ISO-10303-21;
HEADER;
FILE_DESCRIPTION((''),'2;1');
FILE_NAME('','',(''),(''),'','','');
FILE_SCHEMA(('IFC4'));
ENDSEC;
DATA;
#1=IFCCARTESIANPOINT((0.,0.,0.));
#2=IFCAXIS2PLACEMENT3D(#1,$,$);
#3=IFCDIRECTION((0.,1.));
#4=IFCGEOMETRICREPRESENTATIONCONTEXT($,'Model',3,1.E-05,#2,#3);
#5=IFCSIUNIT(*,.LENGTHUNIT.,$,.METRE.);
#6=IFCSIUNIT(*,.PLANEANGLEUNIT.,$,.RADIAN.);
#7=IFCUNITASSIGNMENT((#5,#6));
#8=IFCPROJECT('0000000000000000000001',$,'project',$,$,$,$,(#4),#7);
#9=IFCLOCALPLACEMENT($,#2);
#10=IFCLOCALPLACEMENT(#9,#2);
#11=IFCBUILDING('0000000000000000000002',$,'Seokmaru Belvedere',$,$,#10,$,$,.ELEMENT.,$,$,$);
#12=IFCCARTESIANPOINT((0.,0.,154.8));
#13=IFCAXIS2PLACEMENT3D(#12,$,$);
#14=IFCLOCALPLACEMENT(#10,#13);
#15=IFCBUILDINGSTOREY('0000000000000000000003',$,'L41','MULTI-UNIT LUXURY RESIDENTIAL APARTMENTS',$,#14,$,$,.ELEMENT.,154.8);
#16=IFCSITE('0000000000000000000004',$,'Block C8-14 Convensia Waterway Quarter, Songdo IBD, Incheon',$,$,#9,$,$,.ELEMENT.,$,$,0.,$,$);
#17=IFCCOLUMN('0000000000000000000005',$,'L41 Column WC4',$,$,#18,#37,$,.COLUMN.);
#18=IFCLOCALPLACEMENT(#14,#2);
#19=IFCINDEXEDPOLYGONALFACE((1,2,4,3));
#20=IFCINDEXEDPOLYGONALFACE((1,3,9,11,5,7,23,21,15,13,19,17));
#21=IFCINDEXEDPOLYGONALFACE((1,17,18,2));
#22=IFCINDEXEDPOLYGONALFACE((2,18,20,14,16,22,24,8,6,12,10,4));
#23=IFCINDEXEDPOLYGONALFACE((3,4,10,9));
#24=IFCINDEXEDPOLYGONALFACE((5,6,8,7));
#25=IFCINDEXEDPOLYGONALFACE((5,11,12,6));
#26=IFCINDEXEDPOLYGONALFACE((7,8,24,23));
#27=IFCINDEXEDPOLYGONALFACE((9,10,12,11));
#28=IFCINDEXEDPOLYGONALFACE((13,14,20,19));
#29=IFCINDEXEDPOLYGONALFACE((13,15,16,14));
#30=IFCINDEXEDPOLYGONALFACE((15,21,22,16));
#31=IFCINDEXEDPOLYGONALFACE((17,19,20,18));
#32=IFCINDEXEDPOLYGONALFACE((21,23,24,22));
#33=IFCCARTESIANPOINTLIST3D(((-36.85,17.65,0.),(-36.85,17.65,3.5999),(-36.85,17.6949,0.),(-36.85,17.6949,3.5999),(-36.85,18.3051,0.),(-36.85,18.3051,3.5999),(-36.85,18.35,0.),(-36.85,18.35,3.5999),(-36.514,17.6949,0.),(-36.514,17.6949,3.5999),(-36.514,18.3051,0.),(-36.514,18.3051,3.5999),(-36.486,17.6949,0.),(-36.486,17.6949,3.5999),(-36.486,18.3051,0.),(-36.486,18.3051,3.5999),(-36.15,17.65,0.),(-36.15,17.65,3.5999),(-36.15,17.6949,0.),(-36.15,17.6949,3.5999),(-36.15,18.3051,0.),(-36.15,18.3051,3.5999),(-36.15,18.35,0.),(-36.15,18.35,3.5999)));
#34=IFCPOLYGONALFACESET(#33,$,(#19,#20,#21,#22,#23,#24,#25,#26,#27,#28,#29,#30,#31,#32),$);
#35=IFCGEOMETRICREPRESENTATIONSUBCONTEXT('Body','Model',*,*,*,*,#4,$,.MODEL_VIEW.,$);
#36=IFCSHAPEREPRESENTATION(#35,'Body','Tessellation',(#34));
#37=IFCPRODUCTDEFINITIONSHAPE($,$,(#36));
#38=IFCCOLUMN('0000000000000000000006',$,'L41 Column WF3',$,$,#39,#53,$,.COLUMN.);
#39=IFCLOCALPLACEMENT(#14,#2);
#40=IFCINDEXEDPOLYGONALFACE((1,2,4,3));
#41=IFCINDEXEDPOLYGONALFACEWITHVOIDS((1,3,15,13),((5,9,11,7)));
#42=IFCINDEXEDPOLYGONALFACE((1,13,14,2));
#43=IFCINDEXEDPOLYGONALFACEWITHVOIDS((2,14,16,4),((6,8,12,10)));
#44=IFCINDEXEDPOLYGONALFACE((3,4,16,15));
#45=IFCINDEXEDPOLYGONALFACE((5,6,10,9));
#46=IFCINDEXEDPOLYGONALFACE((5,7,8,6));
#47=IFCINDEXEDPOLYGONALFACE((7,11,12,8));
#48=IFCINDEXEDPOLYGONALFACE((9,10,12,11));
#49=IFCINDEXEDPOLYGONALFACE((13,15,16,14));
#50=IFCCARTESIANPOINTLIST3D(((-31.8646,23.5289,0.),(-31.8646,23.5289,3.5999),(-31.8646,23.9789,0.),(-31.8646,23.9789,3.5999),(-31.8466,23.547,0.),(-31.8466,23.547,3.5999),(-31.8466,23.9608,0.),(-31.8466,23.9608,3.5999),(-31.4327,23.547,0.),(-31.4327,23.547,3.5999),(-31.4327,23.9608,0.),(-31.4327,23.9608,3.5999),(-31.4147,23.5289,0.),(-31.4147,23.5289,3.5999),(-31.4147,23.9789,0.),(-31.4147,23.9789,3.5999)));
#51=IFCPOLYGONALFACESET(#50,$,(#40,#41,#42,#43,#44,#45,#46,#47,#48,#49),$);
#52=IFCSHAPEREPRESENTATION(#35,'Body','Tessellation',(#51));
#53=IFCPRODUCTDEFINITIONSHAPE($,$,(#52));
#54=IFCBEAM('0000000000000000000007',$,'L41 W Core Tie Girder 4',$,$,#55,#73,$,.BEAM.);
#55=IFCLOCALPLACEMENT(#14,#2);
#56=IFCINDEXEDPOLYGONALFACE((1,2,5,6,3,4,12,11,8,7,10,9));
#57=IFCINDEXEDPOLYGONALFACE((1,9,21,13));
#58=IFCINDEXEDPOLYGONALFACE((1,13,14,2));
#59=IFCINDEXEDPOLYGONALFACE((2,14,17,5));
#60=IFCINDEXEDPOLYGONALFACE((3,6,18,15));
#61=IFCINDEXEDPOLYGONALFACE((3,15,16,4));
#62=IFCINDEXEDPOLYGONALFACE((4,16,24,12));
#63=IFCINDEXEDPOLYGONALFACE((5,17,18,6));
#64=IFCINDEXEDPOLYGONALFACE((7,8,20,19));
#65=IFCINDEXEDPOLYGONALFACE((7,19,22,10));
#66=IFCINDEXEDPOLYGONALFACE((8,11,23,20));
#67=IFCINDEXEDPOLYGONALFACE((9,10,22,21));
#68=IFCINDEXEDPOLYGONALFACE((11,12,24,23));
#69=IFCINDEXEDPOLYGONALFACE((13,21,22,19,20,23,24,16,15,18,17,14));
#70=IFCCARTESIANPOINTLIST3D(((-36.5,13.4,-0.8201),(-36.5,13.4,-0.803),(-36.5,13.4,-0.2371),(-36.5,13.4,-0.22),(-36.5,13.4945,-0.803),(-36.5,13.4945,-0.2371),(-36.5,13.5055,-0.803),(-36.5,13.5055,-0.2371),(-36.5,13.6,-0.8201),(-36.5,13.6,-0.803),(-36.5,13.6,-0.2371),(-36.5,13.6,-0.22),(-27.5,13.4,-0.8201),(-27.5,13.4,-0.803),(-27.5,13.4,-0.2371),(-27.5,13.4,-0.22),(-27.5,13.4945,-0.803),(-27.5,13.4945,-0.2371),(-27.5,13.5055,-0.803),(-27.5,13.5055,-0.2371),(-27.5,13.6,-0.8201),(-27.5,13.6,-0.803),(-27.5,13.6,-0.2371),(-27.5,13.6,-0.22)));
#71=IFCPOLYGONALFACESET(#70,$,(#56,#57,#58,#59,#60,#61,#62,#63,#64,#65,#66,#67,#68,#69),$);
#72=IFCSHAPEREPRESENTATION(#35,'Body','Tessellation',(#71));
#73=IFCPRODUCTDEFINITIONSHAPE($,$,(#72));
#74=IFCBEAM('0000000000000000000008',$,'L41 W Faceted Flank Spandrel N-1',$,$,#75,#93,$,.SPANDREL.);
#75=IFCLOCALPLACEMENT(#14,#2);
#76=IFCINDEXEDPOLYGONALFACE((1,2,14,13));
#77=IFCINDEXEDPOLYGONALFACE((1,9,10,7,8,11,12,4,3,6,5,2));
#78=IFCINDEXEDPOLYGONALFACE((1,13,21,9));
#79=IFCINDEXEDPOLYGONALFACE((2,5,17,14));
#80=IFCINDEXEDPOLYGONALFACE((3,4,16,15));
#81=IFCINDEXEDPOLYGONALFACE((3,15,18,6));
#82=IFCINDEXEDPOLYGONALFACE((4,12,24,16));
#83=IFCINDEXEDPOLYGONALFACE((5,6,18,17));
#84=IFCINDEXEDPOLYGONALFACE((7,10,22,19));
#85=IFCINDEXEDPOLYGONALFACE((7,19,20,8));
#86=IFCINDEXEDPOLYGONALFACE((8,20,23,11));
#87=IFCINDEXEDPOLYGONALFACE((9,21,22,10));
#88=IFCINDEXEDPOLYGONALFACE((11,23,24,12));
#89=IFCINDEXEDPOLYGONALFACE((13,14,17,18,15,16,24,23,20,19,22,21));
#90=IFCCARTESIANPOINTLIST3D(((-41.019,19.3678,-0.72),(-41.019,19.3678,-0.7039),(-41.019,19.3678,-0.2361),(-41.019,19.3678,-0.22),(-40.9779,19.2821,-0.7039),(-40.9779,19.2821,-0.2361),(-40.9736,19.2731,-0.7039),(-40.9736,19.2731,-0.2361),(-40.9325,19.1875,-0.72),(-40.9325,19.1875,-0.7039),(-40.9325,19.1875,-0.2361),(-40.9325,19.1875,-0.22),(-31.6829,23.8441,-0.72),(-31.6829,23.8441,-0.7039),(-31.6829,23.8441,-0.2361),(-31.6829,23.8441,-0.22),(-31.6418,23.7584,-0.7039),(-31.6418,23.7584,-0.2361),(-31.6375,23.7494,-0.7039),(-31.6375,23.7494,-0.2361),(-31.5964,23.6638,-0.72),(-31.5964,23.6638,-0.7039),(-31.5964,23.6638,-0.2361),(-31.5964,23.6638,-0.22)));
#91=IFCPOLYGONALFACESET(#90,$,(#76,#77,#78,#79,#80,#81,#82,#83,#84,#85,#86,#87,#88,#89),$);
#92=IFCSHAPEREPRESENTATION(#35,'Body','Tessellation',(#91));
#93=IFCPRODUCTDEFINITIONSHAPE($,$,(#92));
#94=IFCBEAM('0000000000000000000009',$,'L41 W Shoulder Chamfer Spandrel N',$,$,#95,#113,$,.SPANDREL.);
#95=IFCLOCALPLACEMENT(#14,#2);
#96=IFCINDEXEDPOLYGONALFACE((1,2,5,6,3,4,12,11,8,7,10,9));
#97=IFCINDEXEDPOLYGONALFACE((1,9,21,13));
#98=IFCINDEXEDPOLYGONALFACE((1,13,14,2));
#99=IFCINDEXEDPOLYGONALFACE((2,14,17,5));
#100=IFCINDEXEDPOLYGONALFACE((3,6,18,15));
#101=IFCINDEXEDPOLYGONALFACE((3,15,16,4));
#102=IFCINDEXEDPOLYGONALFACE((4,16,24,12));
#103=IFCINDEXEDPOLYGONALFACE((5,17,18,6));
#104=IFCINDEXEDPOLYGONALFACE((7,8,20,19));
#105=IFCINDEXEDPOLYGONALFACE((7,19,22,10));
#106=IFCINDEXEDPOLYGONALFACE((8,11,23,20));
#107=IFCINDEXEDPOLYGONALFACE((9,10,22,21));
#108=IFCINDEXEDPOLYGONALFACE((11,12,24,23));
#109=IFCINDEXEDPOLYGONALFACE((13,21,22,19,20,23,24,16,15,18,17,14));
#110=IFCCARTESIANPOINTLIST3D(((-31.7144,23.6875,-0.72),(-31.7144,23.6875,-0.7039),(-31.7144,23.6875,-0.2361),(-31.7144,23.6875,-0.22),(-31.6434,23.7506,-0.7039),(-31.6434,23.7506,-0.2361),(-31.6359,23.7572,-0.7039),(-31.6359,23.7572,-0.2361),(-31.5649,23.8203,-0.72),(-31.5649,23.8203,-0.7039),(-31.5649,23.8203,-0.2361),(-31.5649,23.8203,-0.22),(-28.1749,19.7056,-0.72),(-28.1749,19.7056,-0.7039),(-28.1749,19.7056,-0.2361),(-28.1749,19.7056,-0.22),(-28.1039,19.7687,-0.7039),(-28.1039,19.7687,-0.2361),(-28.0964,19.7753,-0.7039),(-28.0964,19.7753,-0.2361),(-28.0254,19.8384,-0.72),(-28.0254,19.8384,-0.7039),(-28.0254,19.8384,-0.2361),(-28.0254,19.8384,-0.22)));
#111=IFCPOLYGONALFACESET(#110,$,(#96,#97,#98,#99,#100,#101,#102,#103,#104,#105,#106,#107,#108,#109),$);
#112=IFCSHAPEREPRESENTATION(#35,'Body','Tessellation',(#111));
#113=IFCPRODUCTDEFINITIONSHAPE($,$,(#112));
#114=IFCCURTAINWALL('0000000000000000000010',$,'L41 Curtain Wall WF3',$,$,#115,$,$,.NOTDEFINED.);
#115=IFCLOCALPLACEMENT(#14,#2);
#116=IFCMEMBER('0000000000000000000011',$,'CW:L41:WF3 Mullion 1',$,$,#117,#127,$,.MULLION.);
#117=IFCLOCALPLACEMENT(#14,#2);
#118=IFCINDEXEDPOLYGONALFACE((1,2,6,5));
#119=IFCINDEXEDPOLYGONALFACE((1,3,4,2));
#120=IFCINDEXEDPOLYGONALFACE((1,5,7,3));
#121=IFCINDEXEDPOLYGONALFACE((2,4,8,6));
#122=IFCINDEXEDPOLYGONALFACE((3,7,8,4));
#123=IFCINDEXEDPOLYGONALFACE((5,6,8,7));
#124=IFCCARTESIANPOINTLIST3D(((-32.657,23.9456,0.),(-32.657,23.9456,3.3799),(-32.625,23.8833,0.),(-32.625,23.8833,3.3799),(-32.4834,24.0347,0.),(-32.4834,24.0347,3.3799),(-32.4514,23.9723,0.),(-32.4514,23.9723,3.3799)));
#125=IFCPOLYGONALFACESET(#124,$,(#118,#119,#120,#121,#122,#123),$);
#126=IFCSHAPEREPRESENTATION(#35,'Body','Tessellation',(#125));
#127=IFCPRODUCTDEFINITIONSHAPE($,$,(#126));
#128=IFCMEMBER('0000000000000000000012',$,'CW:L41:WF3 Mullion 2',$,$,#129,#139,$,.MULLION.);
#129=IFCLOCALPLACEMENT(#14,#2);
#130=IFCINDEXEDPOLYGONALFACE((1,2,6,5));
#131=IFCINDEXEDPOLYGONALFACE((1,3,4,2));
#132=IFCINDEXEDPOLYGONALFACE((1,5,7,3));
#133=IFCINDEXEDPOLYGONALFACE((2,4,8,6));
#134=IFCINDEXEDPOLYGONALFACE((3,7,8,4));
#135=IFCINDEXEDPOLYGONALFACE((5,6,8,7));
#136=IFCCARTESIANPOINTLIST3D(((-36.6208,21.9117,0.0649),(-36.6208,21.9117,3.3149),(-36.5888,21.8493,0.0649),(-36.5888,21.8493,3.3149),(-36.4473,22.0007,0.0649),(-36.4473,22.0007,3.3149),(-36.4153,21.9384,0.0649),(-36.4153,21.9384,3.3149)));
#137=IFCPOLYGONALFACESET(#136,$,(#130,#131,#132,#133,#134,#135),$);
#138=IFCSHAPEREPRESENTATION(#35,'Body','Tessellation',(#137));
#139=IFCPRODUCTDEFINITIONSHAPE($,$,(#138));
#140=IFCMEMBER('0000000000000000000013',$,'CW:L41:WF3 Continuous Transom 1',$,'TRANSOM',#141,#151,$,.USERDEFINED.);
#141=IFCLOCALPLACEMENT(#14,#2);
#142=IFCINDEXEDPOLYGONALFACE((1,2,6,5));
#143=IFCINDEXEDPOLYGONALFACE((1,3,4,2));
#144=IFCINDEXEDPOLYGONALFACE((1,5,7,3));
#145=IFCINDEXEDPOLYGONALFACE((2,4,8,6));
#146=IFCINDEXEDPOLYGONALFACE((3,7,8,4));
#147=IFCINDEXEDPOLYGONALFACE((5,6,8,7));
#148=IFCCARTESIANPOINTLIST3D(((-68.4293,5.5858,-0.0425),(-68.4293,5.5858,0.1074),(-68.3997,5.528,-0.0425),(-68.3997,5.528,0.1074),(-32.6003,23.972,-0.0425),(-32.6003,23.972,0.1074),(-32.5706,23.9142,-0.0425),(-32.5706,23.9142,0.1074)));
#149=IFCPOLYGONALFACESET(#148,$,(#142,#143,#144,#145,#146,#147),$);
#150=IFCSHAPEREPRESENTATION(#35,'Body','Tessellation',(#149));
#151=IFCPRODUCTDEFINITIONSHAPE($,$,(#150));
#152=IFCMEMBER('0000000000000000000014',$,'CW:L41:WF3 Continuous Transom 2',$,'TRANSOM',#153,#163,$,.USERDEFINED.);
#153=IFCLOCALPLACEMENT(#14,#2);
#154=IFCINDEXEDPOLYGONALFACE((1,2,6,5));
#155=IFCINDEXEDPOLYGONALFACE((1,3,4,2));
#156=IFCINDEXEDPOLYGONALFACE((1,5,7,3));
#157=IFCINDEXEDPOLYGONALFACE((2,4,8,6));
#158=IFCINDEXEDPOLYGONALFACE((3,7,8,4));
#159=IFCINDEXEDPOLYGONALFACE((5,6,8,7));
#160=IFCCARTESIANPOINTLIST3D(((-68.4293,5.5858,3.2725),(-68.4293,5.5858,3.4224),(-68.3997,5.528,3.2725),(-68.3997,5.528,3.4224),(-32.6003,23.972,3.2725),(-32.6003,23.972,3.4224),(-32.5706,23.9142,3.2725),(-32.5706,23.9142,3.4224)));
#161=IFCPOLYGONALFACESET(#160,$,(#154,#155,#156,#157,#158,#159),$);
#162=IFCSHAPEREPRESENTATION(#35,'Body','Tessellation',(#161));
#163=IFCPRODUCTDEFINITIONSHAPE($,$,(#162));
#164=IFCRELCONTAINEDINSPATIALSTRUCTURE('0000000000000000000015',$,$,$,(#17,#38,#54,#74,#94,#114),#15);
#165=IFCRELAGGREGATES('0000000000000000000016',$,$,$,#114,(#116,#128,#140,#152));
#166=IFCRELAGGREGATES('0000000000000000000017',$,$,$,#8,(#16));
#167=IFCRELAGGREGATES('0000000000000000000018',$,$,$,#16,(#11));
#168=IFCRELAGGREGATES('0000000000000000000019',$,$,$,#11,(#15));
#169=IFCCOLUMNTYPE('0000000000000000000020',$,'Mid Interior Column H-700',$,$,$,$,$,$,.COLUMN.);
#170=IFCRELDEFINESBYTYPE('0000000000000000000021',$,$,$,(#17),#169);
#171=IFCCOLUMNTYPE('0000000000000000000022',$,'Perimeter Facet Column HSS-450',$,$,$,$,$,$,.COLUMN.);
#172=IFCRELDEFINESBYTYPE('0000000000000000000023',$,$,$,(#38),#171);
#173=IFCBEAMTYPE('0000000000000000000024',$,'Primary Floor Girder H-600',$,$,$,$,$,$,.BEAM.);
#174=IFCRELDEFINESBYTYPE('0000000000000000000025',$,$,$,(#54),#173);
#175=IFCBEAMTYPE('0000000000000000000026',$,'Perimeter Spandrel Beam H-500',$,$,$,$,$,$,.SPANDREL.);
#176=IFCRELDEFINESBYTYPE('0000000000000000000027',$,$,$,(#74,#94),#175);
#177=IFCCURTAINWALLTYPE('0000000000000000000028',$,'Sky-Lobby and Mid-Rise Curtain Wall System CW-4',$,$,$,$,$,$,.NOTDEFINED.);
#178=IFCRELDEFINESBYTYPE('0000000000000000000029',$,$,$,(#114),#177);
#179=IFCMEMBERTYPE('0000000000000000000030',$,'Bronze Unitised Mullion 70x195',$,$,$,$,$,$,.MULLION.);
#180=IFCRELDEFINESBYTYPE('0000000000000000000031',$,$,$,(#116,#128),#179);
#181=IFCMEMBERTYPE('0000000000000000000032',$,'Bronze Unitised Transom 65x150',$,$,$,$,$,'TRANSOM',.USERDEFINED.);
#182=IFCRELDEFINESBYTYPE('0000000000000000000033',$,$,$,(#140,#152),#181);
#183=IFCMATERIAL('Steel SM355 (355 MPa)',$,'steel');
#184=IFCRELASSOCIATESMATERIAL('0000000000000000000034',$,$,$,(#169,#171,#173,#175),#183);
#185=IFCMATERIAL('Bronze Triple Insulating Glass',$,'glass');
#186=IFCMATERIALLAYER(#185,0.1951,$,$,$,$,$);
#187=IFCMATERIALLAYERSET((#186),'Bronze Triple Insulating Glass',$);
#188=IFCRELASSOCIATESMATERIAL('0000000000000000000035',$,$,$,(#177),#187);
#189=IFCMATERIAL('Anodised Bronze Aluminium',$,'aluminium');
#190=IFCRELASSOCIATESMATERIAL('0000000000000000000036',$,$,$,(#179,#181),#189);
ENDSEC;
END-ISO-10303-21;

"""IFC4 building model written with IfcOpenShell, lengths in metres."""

from ifc_helpers import new_model, si_unit, direction, frame, origin, origin_2d, place, context, subcontext, project, spatial, rectangle, hollow_rectangle, i_section, extrude, source, transform, mapped, material, layer, layer_set, material_profile, profile_set, type_object, type_shapes, element, aggregate, save


model = new_model("IFC4")

# Units and contexts
model_context = context("Model", 3, precision=1e-05, world=origin(), true_north=direction((0.0, 1.0)))
body_context = subcontext(model_context, "Body", "Model", "MODEL_VIEW")
ifc_project = project(units=[si_unit("LENGTHUNIT", "METRE"), si_unit("PLANEANGLEUNIT", "RADIAN")], contexts=[model_context])

# Site, building, storey
site_placement = place(None, origin())
site = spatial("IfcSite", under=ifc_project, at=site_placement, Name="Block C8-14 Convensia Waterway Quarter, Songdo IBD, Incheon", CompositionType="ELEMENT", RefElevation=0.0)
building_placement = place(site_placement, origin())
building = spatial("IfcBuilding", under=site, at=building_placement, Name="Seokmaru Belvedere", CompositionType="ELEMENT")
storey_placement = place(building_placement, frame((0.0, 0.0, 154.8)))
storey = spatial("IfcBuildingStorey", under=building, at=storey_placement, Name="L41", Description="MULTI-UNIT LUXURY RESIDENTIAL APARTMENTS", CompositionType="ELEMENT", Elevation=154.8)

# Columns
ifc_material_1 = material(Name="Steel SM355 (355 MPa)", Category="steel")
ifc_material_profile_1 = material_profile(ifc_material_1, i_section(OverallWidth=0.7, OverallDepth=0.7, WebThickness=0.0281, FlangeThickness=0.0449, at=origin_2d()), Name="H-700x700x28x45")
ifc_profile_set_1 = profile_set([ifc_material_profile_1], Name="Steel SM355 (355 MPa)")
column_type_1 = type_object("IfcColumnType", Name="Mid Interior Column H-700", PredefinedType="COLUMN", material=ifc_profile_set_1)
shared_shape_1 = source(origin(), body_context, "Body", "SweptSolid", [
    extrude(i_section(OverallWidth=0.7, OverallDepth=0.7, WebThickness=0.0281, FlangeThickness=0.0449, at=origin_2d()), origin(), (0.0, 0.0, 1.0), 3.5999),
])
type_shapes(column_type_1, [shared_shape_1])
column_1_placement = place(storey_placement, frame((-36.5, 18.0, 0.0), z_axis=(0.0, 0.0, 1.0), x_axis=(1.0, 0.0, 0.0)))
element("IfcColumn", 1, at=column_1_placement, inside=storey, type_object=column_type_1, Name="L41 Column WC4", PredefinedType="COLUMN", context=body_context, shape_type="MappedRepresentation", body=[
    mapped(shared_shape_1, transform((0.0, 0.0, 0.0), scale=1.0)),
])
ifc_material_profile_2 = material_profile(ifc_material_1, hollow_rectangle(XDim=0.45, YDim=0.45, WallThickness=0.0181, at=origin_2d()), Name="HSS-450x450x18")
ifc_profile_set_2 = profile_set([ifc_material_profile_2], Name="Steel SM355 (355 MPa)")
column_type_2 = type_object("IfcColumnType", Name="Perimeter Facet Column HSS-450", PredefinedType="COLUMN", material=ifc_profile_set_2)
shared_shape_2 = source(origin(), body_context, "Body", "SweptSolid", [
    extrude(hollow_rectangle(XDim=0.45, YDim=0.45, WallThickness=0.0181, at=origin_2d()), origin(), (0.0, 0.0, 1.0), 3.5999),
])
type_shapes(column_type_2, [shared_shape_2])
column_2_placement = place(storey_placement, frame((-31.6396, 23.7539, 0.0), z_axis=(0.0, 0.0, 1.0), x_axis=(1.0, 0.0, 0.0)))
element("IfcColumn", 2, at=column_2_placement, inside=storey, type_object=column_type_2, Name="L41 Column WF3", PredefinedType="COLUMN", context=body_context, shape_type="MappedRepresentation", body=[
    mapped(shared_shape_2, transform((0.0, 0.0, 0.0), scale=1.0)),
])

# Beams
ifc_material_profile_3 = material_profile(ifc_material_1, i_section(OverallWidth=0.2, OverallDepth=0.6001, WebThickness=0.011, FlangeThickness=0.0171, at=origin_2d()), Name="H-600x200x11x17")
ifc_profile_set_3 = profile_set([ifc_material_profile_3], Name="Steel SM355 (355 MPa)")
beam_type_1 = type_object("IfcBeamType", Name="Primary Floor Girder H-600", PredefinedType="BEAM", material=ifc_profile_set_3)
shared_shape_3 = source(origin(), body_context, "Body", "SweptSolid", [
    extrude(i_section(OverallWidth=0.2, OverallDepth=0.6001, WebThickness=0.011, FlangeThickness=0.0171, at=origin_2d()), origin(), (0.0, 0.0, 1.0), 9.0),
])
type_shapes(beam_type_1, [shared_shape_3])
beam_1_placement = place(storey_placement, frame((-36.5, 13.5, -0.52), z_axis=(1.0, 0.0, 0.0), x_axis=(0.0, 1.0, 0.0)))
element("IfcBeam", 3, at=beam_1_placement, inside=storey, type_object=beam_type_1, Name="L41 W Core Tie Girder 4", PredefinedType="BEAM", context=body_context, shape_type="MappedRepresentation", body=[
    mapped(shared_shape_3, transform((0.0, 0.0, 0.0), scale=1.0)),
])
ifc_material_profile_4 = material_profile(ifc_material_1, i_section(OverallWidth=0.2, OverallDepth=0.5, WebThickness=0.01, FlangeThickness=0.0161, at=origin_2d()), Name="H-500x200x10x16")
ifc_profile_set_4 = profile_set([ifc_material_profile_4], Name="Steel SM355 (355 MPa)")
beam_type_2 = type_object("IfcBeamType", Name="Perimeter Spandrel Beam H-500", PredefinedType="SPANDREL", material=ifc_profile_set_4)
shared_shape_4 = source(origin(), body_context, "Body", "SweptSolid", [
    extrude(i_section(OverallWidth=0.2, OverallDepth=0.5, WebThickness=0.01, FlangeThickness=0.0161, at=origin_2d()), origin(), (0.0, 0.0, 1.0), 10.3538),
])
beam_2_placement = place(storey_placement, frame((-31.6396, 23.7539, -0.47), z_axis=(-0.901713, -0.432335, 0.0), x_axis=(0.432335, -0.901713, 0.0)))
element("IfcBeam", 4, at=beam_2_placement, inside=storey, type_object=beam_type_2, Name="L41 W Faceted Flank Spandrel N-1", PredefinedType="SPANDREL", context=body_context, shape_type="MappedRepresentation", body=[
    mapped(shared_shape_4, transform((0.0, 0.0, 0.0), scale=1.0)),
])
shared_shape_5 = source(origin(), body_context, "Body", "SweptSolid", [
    extrude(i_section(OverallWidth=0.2, OverallDepth=0.5, WebThickness=0.01, FlangeThickness=0.0161, at=origin_2d()), origin(), (0.0, 0.0, 1.0), 5.3276),
])
type_shapes(beam_type_2, [shared_shape_4, shared_shape_5])
beam_3_placement = place(storey_placement, frame((-31.6396, 23.7539, -0.47), z_axis=(0.66437, -0.747404, 0.0), x_axis=(0.747404, 0.66437, 0.0)))
element("IfcBeam", 5, at=beam_3_placement, inside=storey, type_object=beam_type_2, Name="L41 W Shoulder Chamfer Spandrel N", PredefinedType="SPANDREL", context=body_context, shape_type="MappedRepresentation", body=[
    mapped(shared_shape_5, transform((0.0, 0.0, 0.0), scale=1.0)),
])

# Curtain wall, members
ifc_material_2 = material(Name="Bronze Triple Insulating Glass", Category="glass")
ifc_layer_1 = layer(ifc_material_2, 0.1951)
ifc_layer_set_1 = layer_set([ifc_layer_1], Name="Bronze Triple Insulating Glass")
curtain_wall_type = type_object("IfcCurtainWallType", Name="Sky-Lobby and Mid-Rise Curtain Wall System CW-4", PredefinedType="NOTDEFINED", material=ifc_layer_set_1)
curtain_wall_placement = place(storey_placement, origin())
curtain_wall = element("IfcCurtainWall", 6, at=curtain_wall_placement, inside=storey, type_object=curtain_wall_type, Name="L41 Curtain Wall WF3", PredefinedType="NOTDEFINED")
ifc_material_3 = material(Name="Anodised Bronze Aluminium", Category="aluminium")
ifc_material_profile_5 = material_profile(ifc_material_3, rectangle(XDim=0.0701, YDim=0.1951, at=origin_2d()), Name="CW-M-70x195")
ifc_profile_set_5 = profile_set([ifc_material_profile_5], Name="Anodised Bronze Aluminium")
member_type_1 = type_object("IfcMemberType", Name="Bronze Unitised Mullion 70x195", PredefinedType="MULLION", material=ifc_profile_set_5)
shared_shape_6 = source(origin(), body_context, "Body", "SweptSolid", [
    extrude(rectangle(XDim=0.0701, YDim=0.1951, at=origin_2d()), origin(), (0.0, 0.0, 1.0), 3.3799),
])
member_1_placement = place(storey_placement, frame((-32.5542, 23.959, 0.0), z_axis=(0.0, 0.0, 1.0), x_axis=(0.456555, -0.889695, 0.0)))
member_1 = element("IfcMember", 7, at=member_1_placement, type_object=member_type_1, Name="CW:L41:WF3 Mullion 1", PredefinedType="MULLION", context=body_context, shape_type="MappedRepresentation", body=[
    mapped(shared_shape_6, transform((0.0, 0.0, 0.0), scale=1.0)),
])
shared_shape_7 = source(origin(), body_context, "Body", "SweptSolid", [
    extrude(rectangle(XDim=0.0701, YDim=0.1951, at=origin_2d()), origin(), (0.0, 0.0, 1.0), 3.25),
])
type_shapes(member_type_1, [shared_shape_6, shared_shape_7])
member_2_placement = place(storey_placement, frame((-36.5181, 21.925, 0.0649), z_axis=(0.0, 0.0, 1.0), x_axis=(0.456555, -0.889695, 0.0)))
member_2 = element("IfcMember", 8, at=member_2_placement, type_object=member_type_1, Name="CW:L41:WF3 Mullion 2", PredefinedType="MULLION", context=body_context, shape_type="MappedRepresentation", body=[
    mapped(shared_shape_7, transform((0.0, 0.0, 0.0), scale=1.0)),
])
ifc_material_profile_6 = material_profile(ifc_material_3, rectangle(XDim=0.0649, YDim=0.1499, at=origin_2d()), Name="CW-T-65x150")
ifc_profile_set_6 = profile_set([ifc_material_profile_6], Name="Anodised Bronze Aluminium")
member_type_2 = type_object("IfcMemberType", Name="Bronze Unitised Transom 65x150", ElementType="TRANSOM", PredefinedType="USERDEFINED", material=ifc_profile_set_6)
shared_shape_8 = source(origin(), body_context, "Body", "SweptSolid", [
    extrude(rectangle(XDim=0.0649, YDim=0.1499, at=origin_2d()), origin(), (0.0, 0.0, 1.0), 40.2712),
])
type_shapes(member_type_2, [shared_shape_8])
member_3_placement = place(storey_placement, frame((-32.5854, 23.9431, 0.0325), z_axis=(-0.889693, -0.456559, 0.0), x_axis=(0.456559, -0.889693, 0.0)))
member_3 = element("IfcMember", 9, at=member_3_placement, type_object=member_type_2, Name="CW:L41:WF3 Continuous Transom 1", ObjectType="TRANSOM", PredefinedType="USERDEFINED", context=body_context, shape_type="MappedRepresentation", body=[
    mapped(shared_shape_8, transform((0.0, 0.0, 0.0), scale=1.0)),
])
member_4_placement = place(storey_placement, frame((-32.5854, 23.9431, 3.3474), z_axis=(-0.889693, -0.456559, 0.0), x_axis=(0.456559, -0.889693, 0.0)))
member_4 = element("IfcMember", 10, at=member_4_placement, type_object=member_type_2, Name="CW:L41:WF3 Continuous Transom 2", ObjectType="TRANSOM", PredefinedType="USERDEFINED", context=body_context, shape_type="MappedRepresentation", body=[
    mapped(shared_shape_8, transform((0.0, 0.0, 0.0), scale=1.0)),
])
aggregate(curtain_wall, [member_1, member_2, member_3, member_4])

save(model, "model.ifc")
